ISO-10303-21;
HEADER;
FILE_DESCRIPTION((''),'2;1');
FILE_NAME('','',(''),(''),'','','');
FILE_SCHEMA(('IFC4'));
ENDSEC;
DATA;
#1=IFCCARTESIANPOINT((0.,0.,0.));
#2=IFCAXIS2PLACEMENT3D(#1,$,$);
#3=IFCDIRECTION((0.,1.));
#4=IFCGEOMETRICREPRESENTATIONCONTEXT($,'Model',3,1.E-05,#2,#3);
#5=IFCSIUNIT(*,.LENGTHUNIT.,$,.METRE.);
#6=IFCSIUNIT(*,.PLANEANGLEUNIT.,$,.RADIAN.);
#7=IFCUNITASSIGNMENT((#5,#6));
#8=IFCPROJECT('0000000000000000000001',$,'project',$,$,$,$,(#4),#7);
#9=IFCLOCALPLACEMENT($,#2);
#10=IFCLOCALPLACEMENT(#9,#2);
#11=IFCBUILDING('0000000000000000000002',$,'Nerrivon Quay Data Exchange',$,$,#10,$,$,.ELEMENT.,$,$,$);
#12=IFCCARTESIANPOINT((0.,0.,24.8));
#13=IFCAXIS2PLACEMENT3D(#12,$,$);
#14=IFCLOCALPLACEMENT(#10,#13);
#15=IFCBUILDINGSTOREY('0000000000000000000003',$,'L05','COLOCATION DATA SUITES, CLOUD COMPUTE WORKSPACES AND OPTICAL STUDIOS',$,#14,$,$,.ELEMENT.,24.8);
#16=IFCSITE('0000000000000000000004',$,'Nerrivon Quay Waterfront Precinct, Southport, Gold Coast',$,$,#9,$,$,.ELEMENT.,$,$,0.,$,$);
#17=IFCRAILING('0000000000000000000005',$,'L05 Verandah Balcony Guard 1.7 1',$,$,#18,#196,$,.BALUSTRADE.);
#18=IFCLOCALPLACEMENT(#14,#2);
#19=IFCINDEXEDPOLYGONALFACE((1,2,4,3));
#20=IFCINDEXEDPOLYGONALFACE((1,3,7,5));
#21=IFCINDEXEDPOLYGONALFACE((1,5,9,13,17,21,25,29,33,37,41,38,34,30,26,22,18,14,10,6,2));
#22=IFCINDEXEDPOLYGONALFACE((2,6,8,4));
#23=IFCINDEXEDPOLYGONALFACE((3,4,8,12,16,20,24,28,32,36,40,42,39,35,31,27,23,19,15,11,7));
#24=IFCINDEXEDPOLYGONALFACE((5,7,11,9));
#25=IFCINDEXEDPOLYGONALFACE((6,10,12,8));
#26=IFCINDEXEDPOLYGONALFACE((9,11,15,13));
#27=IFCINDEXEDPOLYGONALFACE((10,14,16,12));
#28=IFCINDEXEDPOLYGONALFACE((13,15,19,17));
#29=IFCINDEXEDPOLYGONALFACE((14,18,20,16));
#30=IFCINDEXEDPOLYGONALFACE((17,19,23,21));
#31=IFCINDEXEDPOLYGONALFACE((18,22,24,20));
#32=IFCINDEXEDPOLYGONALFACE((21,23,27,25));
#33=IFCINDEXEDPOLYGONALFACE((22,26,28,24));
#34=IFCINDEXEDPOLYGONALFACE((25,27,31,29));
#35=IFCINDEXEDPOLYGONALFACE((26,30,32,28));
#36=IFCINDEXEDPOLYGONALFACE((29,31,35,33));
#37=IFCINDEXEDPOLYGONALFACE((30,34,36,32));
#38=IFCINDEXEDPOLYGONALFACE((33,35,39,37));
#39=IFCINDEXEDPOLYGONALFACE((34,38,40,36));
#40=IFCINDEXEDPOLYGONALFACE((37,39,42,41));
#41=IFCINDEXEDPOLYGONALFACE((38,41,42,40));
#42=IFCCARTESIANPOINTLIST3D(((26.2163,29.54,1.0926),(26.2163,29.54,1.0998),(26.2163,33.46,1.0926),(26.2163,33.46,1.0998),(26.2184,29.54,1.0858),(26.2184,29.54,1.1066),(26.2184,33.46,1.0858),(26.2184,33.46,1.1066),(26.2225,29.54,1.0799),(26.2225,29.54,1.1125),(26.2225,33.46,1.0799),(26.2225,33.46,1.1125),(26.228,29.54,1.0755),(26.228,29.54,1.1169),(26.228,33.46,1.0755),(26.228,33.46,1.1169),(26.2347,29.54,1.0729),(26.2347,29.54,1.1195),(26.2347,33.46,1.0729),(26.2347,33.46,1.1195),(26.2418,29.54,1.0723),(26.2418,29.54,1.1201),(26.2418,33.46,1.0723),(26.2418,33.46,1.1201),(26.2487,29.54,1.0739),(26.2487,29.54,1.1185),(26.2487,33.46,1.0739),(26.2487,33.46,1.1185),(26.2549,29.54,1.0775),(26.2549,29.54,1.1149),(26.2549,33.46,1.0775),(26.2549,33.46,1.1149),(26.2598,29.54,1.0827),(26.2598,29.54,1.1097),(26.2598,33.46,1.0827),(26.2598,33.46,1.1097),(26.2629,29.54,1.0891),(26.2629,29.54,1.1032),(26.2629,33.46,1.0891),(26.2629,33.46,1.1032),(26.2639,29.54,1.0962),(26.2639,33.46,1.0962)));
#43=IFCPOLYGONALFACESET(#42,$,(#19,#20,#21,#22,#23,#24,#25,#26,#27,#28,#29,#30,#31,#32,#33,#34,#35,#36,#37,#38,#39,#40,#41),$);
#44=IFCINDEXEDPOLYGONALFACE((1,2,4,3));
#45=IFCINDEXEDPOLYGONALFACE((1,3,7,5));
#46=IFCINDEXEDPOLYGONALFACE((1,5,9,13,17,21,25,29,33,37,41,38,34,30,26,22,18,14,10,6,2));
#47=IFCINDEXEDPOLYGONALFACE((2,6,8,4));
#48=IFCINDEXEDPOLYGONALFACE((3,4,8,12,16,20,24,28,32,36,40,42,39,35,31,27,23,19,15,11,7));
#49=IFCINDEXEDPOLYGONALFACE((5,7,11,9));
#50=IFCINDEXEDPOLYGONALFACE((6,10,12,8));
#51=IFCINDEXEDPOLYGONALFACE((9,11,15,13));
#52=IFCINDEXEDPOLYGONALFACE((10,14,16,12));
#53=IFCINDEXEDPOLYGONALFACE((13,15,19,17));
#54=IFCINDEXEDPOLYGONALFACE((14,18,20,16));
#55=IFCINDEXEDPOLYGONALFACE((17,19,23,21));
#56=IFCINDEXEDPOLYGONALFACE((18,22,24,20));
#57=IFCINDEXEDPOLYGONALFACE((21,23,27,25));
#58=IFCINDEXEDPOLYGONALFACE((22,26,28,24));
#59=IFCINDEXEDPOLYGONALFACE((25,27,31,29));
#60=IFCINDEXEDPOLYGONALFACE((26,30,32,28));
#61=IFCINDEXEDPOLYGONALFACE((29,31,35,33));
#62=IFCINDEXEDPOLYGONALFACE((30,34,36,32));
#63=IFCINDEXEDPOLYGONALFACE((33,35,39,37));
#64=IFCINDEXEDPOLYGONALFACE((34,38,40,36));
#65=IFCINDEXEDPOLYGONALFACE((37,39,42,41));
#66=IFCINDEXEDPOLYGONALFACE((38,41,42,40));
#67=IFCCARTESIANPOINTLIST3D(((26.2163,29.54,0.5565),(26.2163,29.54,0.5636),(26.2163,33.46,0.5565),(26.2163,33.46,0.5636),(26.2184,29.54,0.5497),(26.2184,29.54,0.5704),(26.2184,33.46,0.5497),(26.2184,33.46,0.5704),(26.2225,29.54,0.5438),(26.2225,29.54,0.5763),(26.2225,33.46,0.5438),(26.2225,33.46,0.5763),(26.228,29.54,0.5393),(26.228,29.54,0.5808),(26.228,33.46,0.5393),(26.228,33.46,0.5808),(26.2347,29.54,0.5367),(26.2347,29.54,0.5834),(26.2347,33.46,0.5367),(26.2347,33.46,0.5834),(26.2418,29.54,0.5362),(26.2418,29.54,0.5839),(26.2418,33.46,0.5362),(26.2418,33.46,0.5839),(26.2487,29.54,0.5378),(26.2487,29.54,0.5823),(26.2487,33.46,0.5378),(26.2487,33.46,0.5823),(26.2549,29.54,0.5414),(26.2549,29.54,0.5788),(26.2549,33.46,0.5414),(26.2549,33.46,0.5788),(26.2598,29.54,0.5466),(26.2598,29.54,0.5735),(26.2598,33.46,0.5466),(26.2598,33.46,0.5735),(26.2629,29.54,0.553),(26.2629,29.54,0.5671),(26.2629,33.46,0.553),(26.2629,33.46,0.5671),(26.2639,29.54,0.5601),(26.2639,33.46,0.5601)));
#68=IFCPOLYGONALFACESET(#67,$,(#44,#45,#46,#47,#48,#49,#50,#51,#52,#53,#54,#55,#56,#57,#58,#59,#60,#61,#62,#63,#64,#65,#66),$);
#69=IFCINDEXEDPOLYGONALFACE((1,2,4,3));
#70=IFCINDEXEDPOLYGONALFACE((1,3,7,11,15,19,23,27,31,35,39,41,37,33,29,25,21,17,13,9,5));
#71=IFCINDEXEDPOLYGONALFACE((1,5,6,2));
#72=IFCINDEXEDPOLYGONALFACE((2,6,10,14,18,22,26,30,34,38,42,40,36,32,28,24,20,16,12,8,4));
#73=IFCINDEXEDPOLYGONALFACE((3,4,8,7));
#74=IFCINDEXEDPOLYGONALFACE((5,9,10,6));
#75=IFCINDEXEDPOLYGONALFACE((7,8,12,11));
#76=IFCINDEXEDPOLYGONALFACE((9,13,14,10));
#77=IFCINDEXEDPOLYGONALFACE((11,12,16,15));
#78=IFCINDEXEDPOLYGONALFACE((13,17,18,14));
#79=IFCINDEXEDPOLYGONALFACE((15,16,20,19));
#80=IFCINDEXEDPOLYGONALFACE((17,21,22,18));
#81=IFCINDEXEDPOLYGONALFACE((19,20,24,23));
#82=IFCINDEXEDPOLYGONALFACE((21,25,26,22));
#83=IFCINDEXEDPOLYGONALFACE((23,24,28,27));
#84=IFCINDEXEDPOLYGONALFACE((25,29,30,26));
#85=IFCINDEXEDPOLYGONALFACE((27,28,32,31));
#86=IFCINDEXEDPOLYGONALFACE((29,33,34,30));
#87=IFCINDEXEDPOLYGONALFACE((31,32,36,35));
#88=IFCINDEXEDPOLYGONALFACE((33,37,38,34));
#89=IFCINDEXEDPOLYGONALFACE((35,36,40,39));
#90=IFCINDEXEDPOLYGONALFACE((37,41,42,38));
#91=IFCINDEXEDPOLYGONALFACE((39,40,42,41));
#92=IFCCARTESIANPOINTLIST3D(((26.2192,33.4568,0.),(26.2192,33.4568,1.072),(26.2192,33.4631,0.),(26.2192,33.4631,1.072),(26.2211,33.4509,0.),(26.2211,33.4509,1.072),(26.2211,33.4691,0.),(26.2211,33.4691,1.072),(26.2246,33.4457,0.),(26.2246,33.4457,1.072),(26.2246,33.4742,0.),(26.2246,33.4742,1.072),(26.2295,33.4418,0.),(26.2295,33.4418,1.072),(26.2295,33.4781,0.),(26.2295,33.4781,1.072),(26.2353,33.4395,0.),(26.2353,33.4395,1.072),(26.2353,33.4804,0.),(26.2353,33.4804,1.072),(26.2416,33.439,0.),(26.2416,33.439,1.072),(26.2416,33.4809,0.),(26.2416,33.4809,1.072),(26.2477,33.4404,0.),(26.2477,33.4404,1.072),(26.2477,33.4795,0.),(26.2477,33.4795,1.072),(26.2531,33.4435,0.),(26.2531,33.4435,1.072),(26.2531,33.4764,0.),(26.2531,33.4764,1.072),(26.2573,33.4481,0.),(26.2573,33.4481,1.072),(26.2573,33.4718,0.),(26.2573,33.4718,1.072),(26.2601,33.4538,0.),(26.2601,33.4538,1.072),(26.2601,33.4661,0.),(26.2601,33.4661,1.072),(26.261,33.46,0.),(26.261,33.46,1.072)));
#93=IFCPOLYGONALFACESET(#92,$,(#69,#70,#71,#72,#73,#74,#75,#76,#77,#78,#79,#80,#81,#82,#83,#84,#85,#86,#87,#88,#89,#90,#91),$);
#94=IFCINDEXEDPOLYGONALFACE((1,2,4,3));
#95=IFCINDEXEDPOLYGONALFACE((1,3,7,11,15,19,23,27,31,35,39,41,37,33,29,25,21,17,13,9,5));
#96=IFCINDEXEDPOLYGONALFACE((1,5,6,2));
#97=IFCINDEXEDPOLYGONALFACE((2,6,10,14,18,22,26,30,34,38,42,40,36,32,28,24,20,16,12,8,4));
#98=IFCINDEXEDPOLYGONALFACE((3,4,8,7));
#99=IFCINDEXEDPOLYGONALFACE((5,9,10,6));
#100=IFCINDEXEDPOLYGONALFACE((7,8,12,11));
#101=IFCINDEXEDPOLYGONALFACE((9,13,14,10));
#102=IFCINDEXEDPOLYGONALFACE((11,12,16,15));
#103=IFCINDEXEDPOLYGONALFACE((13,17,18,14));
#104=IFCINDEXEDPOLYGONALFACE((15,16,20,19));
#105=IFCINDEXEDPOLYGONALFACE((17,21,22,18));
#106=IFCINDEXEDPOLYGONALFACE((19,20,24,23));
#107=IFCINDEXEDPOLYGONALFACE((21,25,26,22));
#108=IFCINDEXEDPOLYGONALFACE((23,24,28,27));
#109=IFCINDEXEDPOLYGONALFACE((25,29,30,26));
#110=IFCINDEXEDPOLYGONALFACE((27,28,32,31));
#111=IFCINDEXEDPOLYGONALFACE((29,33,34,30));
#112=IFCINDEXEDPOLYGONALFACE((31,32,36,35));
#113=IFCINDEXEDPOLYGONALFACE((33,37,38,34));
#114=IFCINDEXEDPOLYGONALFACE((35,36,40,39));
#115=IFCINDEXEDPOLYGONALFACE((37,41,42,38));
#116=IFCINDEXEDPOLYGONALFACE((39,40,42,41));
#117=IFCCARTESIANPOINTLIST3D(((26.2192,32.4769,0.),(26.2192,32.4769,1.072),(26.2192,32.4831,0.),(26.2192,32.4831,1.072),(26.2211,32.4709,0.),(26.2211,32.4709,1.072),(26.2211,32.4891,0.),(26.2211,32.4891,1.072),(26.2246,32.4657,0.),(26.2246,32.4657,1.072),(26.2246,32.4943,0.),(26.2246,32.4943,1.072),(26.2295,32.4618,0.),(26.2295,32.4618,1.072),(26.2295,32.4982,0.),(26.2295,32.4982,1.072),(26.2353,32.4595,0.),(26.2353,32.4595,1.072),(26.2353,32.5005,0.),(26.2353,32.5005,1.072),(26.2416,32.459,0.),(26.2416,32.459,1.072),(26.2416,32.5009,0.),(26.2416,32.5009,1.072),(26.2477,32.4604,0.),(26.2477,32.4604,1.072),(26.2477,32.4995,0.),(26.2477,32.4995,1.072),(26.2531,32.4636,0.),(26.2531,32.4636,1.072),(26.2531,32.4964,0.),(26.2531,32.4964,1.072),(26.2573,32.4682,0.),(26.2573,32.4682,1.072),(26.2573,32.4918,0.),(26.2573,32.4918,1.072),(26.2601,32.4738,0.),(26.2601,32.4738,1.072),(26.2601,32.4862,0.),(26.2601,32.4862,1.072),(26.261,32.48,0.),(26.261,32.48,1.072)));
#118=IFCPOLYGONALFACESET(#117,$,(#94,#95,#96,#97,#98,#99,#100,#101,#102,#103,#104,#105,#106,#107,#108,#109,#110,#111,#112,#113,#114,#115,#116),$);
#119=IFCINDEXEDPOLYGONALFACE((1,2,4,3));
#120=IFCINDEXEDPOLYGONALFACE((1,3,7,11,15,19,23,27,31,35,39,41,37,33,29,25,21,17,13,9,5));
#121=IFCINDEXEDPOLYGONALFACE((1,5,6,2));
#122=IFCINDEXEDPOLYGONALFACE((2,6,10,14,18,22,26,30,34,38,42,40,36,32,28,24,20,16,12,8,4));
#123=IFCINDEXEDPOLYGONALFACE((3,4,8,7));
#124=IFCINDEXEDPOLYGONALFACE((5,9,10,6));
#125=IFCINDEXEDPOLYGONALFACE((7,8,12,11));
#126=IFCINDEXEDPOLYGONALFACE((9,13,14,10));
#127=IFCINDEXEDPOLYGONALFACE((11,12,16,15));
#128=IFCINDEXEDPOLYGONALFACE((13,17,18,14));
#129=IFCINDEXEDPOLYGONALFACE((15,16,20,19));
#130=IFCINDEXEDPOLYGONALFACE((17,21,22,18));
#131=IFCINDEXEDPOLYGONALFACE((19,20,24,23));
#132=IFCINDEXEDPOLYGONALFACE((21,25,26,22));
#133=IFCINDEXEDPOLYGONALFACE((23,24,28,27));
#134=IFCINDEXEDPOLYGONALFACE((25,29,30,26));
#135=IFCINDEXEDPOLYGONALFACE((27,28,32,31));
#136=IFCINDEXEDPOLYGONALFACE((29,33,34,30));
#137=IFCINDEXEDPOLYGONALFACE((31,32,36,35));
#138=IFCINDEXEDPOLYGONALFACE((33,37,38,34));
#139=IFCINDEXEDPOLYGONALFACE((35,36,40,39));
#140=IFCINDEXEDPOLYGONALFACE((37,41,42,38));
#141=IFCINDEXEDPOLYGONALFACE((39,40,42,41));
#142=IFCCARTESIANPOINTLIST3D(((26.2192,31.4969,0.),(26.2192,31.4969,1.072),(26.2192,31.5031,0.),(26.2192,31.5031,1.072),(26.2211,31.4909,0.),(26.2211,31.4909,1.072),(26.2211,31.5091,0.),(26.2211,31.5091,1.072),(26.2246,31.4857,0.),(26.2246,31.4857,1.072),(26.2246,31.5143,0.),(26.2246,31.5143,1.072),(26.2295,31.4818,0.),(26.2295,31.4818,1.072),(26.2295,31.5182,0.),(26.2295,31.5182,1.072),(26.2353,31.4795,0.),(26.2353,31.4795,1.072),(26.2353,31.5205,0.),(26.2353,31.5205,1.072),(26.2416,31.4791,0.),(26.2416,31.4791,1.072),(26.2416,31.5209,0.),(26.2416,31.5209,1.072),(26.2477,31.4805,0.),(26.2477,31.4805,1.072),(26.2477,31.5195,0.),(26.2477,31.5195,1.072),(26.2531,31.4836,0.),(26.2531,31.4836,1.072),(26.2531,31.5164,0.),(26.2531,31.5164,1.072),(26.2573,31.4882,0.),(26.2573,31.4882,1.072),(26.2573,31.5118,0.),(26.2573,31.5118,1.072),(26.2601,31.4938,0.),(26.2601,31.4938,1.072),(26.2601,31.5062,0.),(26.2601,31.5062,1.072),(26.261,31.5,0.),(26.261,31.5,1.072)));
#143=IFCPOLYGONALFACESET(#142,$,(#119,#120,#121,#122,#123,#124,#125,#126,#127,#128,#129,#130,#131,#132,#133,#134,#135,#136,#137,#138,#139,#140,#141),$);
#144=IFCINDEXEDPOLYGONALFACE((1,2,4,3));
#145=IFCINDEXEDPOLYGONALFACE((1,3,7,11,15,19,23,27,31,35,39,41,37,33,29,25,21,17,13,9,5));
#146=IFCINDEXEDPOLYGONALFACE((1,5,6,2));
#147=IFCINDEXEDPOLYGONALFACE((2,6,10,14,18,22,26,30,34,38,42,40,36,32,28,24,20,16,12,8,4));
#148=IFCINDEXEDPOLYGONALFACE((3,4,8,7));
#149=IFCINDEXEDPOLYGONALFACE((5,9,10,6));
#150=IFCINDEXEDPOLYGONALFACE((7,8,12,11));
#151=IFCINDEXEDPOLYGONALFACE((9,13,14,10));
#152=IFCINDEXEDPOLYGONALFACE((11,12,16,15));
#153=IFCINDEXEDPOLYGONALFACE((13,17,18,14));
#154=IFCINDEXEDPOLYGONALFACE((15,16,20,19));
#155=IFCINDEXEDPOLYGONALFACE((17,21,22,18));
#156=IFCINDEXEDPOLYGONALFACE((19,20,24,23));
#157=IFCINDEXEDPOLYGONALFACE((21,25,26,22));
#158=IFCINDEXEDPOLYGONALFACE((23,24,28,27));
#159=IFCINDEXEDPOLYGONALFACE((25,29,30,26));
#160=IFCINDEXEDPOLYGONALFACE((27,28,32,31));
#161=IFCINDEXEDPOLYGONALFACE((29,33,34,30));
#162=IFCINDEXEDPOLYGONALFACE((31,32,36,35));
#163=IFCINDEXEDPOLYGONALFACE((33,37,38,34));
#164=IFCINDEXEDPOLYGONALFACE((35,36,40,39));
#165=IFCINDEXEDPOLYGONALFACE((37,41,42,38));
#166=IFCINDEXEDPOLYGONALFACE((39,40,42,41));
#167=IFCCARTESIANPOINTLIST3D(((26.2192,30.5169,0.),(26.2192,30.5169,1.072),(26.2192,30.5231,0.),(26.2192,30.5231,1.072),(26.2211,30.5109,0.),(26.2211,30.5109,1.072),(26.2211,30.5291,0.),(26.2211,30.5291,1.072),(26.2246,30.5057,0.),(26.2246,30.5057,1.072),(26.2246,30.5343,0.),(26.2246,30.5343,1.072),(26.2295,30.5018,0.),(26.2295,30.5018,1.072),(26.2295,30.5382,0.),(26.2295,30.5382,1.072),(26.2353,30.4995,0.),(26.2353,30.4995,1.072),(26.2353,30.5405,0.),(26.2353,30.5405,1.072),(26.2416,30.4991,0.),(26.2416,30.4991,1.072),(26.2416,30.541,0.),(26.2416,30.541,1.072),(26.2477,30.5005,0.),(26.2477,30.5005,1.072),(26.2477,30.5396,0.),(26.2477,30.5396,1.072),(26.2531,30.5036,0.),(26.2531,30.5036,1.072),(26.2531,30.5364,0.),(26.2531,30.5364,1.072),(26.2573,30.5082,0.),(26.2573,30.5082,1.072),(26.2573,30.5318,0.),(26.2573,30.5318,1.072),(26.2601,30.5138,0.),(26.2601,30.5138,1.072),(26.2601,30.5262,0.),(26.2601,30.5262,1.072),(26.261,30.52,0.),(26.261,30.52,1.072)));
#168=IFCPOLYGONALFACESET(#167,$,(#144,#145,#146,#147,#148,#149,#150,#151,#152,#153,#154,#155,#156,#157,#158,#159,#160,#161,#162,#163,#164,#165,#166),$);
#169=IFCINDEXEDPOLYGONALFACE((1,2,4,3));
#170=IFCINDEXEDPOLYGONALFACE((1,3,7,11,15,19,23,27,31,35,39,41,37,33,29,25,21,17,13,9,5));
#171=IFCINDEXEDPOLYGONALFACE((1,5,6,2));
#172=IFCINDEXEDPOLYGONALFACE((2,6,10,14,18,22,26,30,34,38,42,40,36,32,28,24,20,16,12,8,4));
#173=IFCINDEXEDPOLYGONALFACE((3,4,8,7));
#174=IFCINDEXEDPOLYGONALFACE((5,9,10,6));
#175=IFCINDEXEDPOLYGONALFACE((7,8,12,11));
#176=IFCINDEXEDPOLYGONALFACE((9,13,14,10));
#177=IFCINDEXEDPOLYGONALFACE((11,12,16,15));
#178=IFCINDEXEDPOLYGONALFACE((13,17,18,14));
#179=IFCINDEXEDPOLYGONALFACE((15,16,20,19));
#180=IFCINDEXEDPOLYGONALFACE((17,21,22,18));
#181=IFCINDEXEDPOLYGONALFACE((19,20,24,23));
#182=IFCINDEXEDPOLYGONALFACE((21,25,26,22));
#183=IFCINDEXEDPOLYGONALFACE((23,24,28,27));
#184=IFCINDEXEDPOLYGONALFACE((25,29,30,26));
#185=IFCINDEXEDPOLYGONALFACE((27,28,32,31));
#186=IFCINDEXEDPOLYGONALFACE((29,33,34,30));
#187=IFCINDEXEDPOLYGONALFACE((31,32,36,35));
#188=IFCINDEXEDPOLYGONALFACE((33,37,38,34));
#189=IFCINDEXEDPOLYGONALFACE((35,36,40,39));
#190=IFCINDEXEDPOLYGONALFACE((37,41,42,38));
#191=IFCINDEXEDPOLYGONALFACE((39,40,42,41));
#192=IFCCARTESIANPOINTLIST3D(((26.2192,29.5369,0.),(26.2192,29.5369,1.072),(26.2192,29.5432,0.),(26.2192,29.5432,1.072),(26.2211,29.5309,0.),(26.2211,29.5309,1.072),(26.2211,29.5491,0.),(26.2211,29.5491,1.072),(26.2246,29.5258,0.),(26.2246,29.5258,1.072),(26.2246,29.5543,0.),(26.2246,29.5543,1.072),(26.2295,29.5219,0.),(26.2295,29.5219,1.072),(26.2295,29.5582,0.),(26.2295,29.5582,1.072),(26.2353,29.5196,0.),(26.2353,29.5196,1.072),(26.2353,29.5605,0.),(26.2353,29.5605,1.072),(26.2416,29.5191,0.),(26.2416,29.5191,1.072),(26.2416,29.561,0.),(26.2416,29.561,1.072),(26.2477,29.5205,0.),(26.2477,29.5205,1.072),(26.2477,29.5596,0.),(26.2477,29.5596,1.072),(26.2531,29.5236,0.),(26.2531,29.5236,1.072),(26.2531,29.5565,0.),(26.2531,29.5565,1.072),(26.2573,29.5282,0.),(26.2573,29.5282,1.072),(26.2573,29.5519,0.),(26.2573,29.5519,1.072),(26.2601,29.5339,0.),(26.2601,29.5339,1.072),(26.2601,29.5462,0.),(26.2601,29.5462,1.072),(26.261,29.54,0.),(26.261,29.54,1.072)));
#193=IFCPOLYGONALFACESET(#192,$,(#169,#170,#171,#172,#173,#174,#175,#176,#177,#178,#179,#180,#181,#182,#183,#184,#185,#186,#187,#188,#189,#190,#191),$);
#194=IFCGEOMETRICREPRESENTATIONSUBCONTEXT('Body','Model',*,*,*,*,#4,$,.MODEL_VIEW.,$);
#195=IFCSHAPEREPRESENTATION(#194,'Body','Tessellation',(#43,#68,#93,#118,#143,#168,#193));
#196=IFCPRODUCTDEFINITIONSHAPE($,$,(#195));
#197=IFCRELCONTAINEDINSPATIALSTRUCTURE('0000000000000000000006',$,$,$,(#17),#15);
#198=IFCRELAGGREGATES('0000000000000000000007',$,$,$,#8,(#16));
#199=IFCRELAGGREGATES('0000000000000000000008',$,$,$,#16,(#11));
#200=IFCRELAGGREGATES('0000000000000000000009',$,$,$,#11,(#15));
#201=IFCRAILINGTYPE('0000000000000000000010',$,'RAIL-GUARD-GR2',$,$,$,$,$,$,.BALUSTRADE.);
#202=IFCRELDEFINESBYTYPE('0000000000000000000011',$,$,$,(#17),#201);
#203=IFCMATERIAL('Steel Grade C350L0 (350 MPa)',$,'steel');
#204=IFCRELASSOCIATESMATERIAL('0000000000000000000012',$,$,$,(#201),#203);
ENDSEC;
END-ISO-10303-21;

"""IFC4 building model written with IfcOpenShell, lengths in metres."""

from ifc_helpers import new_model, si_unit, direction, frame, origin, origin_2d, place, context, subcontext, project, spatial, circle, extrude, material, type_object, element, save


model = new_model("IFC4")

# Units and contexts
model_context = context("Model", 3, precision=1e-05, world=origin(), true_north=direction((0.0, 1.0)))
body_context = subcontext(model_context, "Body", "Model", "MODEL_VIEW")
ifc_project = project(units=[si_unit("LENGTHUNIT", "METRE"), si_unit("PLANEANGLEUNIT", "RADIAN")], contexts=[model_context])

# Site, building, storey
site_placement = place(None, origin())
site = spatial("IfcSite", under=ifc_project, at=site_placement, Name="Nerrivon Quay Waterfront Precinct, Southport, Gold Coast", CompositionType="ELEMENT", RefElevation=0.0)
building_placement = place(site_placement, origin())
building = spatial("IfcBuilding", under=site, at=building_placement, Name="Nerrivon Quay Data Exchange", CompositionType="ELEMENT")
storey_placement = place(building_placement, frame((0.0, 0.0, 24.8)))
storey = spatial("IfcBuildingStorey", under=building, at=storey_placement, Name="L05", Description="COLOCATION DATA SUITES, CLOUD COMPUTE WORKSPACES AND OPTICAL STUDIOS", CompositionType="ELEMENT", Elevation=24.8)

# Railing
ifc_material_1 = material(Name="Steel Grade C350L0 (350 MPa)", Category="steel")
railing_type = type_object("IfcRailingType", Name="RAIL-GUARD-GR2", PredefinedType="BALUSTRADE", material=ifc_material_1)
railing_1_placement = place(storey_placement, frame((26.24, 33.46, 0.0)))
element("IfcRailing", 1, at=railing_1_placement, inside=storey, type_object=railing_type, Name="L05 Verandah Balcony Guard 1.7 1", PredefinedType="BALUSTRADE", context=body_context, shape_type="SweptSolid", body=[
    extrude(circle(Radius=0.0239, at=origin_2d()), frame((0.0, 0.0, 1.0962), z_axis=(0.0, -1.0, 0.0), x_axis=(1.0, 0.0, 0.0)), (0.0, 0.0, 1.0), 3.9199),
    extrude(circle(Radius=0.0239, at=origin_2d()), frame((0.0, 0.0, 0.5601), z_axis=(0.0, -1.0, 0.0), x_axis=(1.0, 0.0, 0.0)), (0.0, 0.0, 1.0), 3.9199),
    extrude(circle(Radius=0.021, at=origin_2d()), origin(), (0.0, 0.0, 1.0), 1.072),
    extrude(circle(Radius=0.021, at=origin_2d()), frame((0.0, -0.98, 0.0)), (0.0, 0.0, 1.0), 1.072),
    extrude(circle(Radius=0.021, at=origin_2d()), frame((0.0, -1.96, 0.0)), (0.0, 0.0, 1.0), 1.072),
    extrude(circle(Radius=0.021, at=origin_2d()), frame((0.0, -2.9399, 0.0)), (0.0, 0.0, 1.0), 1.072),
    extrude(circle(Radius=0.021, at=origin_2d()), frame((0.0, -3.9199, 0.0)), (0.0, 0.0, 1.0), 1.072),
])

save(model, "model.ifc")
